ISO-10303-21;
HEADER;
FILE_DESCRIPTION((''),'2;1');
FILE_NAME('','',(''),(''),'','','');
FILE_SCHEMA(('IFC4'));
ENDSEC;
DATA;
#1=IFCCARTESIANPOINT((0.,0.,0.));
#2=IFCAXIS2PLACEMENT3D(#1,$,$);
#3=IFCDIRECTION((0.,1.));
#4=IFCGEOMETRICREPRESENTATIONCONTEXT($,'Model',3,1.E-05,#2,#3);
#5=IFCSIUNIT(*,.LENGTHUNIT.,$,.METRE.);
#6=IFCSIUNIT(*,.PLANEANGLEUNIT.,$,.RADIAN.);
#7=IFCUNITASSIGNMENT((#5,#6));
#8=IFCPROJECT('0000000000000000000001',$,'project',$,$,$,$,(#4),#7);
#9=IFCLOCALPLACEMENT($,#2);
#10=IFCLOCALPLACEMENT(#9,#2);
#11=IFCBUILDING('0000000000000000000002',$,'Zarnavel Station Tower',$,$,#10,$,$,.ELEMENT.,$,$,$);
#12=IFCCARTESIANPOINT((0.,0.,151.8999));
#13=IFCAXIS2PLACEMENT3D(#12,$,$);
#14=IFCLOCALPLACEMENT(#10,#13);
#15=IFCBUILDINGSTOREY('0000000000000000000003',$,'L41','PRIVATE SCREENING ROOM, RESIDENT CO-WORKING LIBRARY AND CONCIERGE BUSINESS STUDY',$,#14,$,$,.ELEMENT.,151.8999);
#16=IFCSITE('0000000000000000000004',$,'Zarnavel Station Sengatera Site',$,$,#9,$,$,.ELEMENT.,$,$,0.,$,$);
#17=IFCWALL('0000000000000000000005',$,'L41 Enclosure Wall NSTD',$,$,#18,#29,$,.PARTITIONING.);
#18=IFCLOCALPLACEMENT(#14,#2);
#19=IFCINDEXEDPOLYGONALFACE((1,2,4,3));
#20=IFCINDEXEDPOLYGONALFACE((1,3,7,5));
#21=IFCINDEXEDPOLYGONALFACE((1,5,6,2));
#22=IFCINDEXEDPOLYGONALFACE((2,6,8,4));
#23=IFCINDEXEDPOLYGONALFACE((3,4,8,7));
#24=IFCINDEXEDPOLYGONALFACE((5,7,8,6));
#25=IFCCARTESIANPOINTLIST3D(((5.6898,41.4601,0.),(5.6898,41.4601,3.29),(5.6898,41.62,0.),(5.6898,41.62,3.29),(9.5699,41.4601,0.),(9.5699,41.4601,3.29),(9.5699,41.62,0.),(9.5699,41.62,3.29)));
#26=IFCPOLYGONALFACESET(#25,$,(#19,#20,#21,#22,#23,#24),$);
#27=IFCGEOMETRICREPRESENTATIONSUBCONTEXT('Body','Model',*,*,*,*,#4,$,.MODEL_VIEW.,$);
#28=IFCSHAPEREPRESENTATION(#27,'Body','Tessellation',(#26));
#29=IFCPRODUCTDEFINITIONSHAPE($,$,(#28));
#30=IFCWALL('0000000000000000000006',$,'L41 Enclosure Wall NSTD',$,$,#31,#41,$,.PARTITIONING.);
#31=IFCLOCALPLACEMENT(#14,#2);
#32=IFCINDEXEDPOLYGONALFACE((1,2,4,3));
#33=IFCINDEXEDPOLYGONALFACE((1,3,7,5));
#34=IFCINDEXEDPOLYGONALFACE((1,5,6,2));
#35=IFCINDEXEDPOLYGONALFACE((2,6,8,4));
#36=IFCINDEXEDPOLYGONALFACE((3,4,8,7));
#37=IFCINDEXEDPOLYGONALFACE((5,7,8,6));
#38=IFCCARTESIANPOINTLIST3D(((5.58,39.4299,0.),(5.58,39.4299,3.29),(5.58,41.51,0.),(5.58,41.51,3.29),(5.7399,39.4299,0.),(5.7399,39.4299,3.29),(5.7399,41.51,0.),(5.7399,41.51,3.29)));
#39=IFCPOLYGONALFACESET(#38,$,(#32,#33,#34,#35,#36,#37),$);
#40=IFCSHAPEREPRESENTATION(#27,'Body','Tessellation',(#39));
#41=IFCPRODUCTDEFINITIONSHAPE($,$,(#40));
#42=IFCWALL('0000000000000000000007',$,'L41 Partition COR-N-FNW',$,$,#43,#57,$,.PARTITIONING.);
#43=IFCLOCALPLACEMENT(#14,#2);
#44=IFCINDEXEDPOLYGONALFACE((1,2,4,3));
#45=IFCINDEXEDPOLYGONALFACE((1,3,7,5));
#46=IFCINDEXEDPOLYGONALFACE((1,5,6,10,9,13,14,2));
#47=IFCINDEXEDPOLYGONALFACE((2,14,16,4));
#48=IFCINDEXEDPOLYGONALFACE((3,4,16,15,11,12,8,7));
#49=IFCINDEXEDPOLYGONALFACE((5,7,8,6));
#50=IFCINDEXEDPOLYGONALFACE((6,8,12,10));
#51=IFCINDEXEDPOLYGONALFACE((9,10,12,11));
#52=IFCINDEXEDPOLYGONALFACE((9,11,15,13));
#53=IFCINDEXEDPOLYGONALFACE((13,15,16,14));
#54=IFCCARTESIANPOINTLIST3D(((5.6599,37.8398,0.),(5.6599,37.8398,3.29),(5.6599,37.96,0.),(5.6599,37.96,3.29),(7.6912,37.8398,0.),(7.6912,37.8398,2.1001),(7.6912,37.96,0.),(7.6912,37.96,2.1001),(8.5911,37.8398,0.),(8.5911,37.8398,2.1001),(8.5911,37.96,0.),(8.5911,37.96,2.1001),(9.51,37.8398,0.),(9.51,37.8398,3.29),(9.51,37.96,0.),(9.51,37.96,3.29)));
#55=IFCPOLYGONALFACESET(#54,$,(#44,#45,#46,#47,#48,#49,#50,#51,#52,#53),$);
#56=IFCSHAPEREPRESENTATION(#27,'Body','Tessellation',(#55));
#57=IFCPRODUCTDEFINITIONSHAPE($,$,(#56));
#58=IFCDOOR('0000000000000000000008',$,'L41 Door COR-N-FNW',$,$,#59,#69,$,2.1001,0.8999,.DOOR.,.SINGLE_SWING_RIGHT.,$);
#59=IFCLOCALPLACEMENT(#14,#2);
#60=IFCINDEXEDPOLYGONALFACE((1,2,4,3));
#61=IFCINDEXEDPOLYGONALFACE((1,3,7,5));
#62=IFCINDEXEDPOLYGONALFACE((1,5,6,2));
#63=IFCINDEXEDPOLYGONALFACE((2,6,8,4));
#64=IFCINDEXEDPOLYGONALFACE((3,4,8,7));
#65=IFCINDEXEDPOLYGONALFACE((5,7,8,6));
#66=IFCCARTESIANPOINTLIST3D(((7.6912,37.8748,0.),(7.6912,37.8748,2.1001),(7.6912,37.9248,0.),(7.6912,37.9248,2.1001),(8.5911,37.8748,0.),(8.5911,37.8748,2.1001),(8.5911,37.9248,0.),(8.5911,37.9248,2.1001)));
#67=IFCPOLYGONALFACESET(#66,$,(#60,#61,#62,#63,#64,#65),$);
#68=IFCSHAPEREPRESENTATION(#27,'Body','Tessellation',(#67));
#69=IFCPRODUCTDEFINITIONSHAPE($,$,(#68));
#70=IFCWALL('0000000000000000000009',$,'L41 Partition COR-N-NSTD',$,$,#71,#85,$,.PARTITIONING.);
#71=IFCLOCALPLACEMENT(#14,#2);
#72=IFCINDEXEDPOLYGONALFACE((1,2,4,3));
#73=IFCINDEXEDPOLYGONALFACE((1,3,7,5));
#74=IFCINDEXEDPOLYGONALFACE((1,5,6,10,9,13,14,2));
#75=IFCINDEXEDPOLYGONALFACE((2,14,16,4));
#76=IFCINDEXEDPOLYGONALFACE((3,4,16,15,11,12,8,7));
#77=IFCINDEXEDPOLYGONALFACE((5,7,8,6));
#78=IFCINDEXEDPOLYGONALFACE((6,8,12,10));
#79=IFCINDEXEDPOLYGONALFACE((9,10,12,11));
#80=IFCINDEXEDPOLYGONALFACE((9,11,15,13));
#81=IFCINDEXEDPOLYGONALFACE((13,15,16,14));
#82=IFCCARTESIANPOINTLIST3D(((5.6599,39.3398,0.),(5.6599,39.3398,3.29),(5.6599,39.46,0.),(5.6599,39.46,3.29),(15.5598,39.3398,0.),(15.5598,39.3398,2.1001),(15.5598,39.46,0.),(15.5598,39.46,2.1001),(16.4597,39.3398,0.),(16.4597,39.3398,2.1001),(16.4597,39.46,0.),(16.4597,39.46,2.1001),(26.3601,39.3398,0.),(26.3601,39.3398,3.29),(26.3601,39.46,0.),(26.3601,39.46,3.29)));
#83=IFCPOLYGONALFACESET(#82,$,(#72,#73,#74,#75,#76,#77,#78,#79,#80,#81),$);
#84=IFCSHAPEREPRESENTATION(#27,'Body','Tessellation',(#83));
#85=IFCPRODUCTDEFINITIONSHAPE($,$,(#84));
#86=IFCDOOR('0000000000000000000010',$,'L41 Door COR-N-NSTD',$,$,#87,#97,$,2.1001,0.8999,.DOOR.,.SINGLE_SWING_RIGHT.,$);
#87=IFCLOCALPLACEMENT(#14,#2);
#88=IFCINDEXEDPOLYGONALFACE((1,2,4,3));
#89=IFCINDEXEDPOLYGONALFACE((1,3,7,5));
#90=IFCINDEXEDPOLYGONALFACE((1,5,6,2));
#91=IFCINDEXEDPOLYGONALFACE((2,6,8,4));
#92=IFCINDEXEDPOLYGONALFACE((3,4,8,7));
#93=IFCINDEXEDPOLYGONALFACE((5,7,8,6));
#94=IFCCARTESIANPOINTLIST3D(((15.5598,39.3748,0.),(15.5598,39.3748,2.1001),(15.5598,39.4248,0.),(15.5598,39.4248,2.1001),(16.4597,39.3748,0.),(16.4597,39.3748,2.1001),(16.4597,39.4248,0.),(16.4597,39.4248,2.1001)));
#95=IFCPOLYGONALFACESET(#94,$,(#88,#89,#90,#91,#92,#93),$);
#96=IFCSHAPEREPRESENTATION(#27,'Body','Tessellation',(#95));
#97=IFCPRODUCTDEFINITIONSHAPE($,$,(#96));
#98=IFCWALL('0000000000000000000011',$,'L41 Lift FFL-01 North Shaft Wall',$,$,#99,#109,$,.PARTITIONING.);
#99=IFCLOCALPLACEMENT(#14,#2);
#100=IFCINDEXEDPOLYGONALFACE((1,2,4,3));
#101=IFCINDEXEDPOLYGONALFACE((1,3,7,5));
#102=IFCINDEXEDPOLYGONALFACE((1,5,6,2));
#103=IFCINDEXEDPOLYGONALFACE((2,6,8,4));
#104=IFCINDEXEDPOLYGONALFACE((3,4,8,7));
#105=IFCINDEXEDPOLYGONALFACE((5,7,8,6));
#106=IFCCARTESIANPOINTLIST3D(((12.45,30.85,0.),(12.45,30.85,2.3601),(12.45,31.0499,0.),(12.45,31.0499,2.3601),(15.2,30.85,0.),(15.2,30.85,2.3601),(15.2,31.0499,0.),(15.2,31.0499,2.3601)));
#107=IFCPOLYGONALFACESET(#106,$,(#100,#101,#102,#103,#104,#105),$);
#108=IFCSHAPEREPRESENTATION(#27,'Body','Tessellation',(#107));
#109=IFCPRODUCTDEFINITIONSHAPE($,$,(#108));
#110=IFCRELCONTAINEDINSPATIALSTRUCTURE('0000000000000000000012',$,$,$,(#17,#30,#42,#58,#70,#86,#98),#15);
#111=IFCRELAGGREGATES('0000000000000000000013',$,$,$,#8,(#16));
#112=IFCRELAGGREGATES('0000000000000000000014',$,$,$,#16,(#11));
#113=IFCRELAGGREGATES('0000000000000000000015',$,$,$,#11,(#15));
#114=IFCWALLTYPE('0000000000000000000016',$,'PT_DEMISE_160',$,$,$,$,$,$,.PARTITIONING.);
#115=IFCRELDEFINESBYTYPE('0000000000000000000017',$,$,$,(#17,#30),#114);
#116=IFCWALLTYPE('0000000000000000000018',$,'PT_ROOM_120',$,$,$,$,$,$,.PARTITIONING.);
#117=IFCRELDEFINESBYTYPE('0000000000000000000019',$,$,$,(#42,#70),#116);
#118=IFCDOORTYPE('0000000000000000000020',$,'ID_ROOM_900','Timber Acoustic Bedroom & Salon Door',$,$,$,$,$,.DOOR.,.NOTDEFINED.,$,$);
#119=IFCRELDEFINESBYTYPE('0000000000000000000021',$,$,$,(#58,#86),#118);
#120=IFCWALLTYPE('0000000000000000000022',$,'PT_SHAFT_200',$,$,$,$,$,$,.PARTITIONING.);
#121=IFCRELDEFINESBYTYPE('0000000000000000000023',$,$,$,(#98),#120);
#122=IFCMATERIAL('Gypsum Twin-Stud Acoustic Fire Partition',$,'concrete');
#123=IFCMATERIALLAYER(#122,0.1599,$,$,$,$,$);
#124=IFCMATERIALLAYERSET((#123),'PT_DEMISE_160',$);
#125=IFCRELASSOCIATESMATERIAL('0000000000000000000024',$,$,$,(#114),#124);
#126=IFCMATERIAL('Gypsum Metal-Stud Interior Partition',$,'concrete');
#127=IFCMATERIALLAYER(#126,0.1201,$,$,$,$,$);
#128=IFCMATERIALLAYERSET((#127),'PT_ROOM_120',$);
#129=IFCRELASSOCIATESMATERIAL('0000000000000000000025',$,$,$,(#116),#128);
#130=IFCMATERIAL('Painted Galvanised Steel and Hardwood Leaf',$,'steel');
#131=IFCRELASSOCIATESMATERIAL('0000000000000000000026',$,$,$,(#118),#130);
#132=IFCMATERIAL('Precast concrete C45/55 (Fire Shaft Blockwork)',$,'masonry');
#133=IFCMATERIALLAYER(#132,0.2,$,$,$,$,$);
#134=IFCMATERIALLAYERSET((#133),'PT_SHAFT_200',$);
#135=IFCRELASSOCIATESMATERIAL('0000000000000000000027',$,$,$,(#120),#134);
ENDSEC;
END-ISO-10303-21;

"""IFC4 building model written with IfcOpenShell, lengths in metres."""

from ifc_helpers import new_model, si_unit, direction, frame, frame_2d, origin, place, context, subcontext, project, spatial, rectangle, extrude, material, layer, layer_set, type_object, element, fill, save


model = new_model("IFC4")

# Units and contexts
model_context = context("Model", 3, precision=1e-05, world=origin(), true_north=direction((0.0, 1.0)))
body_context = subcontext(model_context, "Body", "Model", "MODEL_VIEW")
ifc_project = project(units=[si_unit("LENGTHUNIT", "METRE"), si_unit("PLANEANGLEUNIT", "RADIAN")], contexts=[model_context])

# Site, building, storey
site_placement = place(None, origin())
site = spatial("IfcSite", under=ifc_project, at=site_placement, Name="Zarnavel Station Sengatera Site", CompositionType="ELEMENT", RefElevation=0.0)
building_placement = place(site_placement, origin())
building = spatial("IfcBuilding", under=site, at=building_placement, Name="Zarnavel Station Tower", CompositionType="ELEMENT")
storey_placement = place(building_placement, frame((0.0, 0.0, 151.8999)))
storey = spatial("IfcBuildingStorey", under=building, at=storey_placement, Name="L41", Description="PRIVATE SCREENING ROOM, RESIDENT CO-WORKING LIBRARY AND CONCIERGE BUSINESS STUDY", CompositionType="ELEMENT", Elevation=151.8999)

# Walls
ifc_material_1 = material(Name="Gypsum Twin-Stud Acoustic Fire Partition", Category="concrete")
ifc_layer_1 = layer(ifc_material_1, 0.1599)
ifc_layer_set_1 = layer_set([ifc_layer_1], Name="PT_DEMISE_160")
wall_type_1 = type_object("IfcWallType", Name="PT_DEMISE_160", PredefinedType="PARTITIONING", material=ifc_layer_set_1)
wall_1_placement = place(storey_placement, frame((5.6899, 41.54, 0.0), z_axis=(0.0, 0.0, 1.0), x_axis=(1.0, 0.0, 0.0)))
element("IfcWall", 1, at=wall_1_placement, inside=storey, type_object=wall_type_1, Name="L41 Enclosure Wall NSTD", PredefinedType="PARTITIONING", context=body_context, shape_type="SweptSolid", body=[
    extrude(rectangle(XDim=3.8801, YDim=0.1599, at=frame_2d((1.9399, 0.0))), origin(), (0.0, 0.0, 1.0), 3.29),
])
wall_2_placement = place(storey_placement, frame((5.6599, 39.4299, 0.0), z_axis=(0.0, 0.0, 1.0), x_axis=(0.0, 1.0, 0.0)))
element("IfcWall", 2, at=wall_2_placement, inside=storey, type_object=wall_type_1, Name="L41 Enclosure Wall NSTD", PredefinedType="PARTITIONING", context=body_context, shape_type="SweptSolid", body=[
    extrude(rectangle(XDim=2.0801, YDim=0.1599, at=frame_2d((1.04, 0.0))), origin(), (0.0, 0.0, 1.0), 3.29),
])

# Walls, openings, doors
ifc_material_2 = material(Name="Gypsum Metal-Stud Interior Partition", Category="concrete")
ifc_layer_2 = layer(ifc_material_2, 0.1201)
ifc_layer_set_2 = layer_set([ifc_layer_2], Name="PT_ROOM_120")
wall_type_2 = type_object("IfcWallType", Name="PT_ROOM_120", PredefinedType="PARTITIONING", material=ifc_layer_set_2)
wall_3_placement = place(storey_placement, frame((5.6599, 37.8999, 0.0), z_axis=(0.0, 0.0, 1.0), x_axis=(1.0, 0.0, 0.0)))
wall_3 = element("IfcWall", 3, at=wall_3_placement, inside=storey, type_object=wall_type_2, Name="L41 Partition COR-N-FNW", PredefinedType="PARTITIONING", context=body_context, shape_type="SweptSolid", body=[
    extrude(rectangle(XDim=3.8501, YDim=0.1201, at=frame_2d((1.925, 0.0))), origin(), (0.0, 0.0, 1.0), 3.29),
])
opening_1_placement = place(wall_3_placement, frame((2.0312, 0.0, 0.0)))
opening_1 = element("IfcOpeningElement", 4, at=opening_1_placement, cuts=wall_3, PredefinedType="OPENING", context=body_context, shape_type="SweptSolid", body=[
    extrude(rectangle(XDim=0.8999, YDim=2.1001, at=frame_2d((0.45, 1.05))), frame((0.0, 0.0701, 0.0), z_axis=(0.0, -1.0, 0.0), x_axis=(1.0, 0.0, 0.0)), (0.0, 0.0, 1.0), 0.1401),
])
ifc_material_3 = material(Name="Painted Galvanised Steel and Hardwood Leaf", Category="steel")
door_type = type_object("IfcDoorType", Name="ID_ROOM_900", Description="Timber Acoustic Bedroom & Salon Door", OperationType="NOTDEFINED", PredefinedType="DOOR", material=ifc_material_3)
door_1_placement = place(opening_1_placement, origin())
door_1 = element("IfcDoor", 5, at=door_1_placement, inside=storey, type_object=door_type, Name="L41 Door COR-N-FNW", OperationType="SINGLE_SWING_RIGHT", OverallHeight=2.1001, OverallWidth=0.8999, PredefinedType="DOOR", context=body_context, shape_type="SweptSolid", body=[
    extrude(rectangle(XDim=0.8999, YDim=2.1001, at=frame_2d((0.45, 1.05))), frame((0.0, 0.0249, 0.0), z_axis=(0.0, -1.0, 0.0), x_axis=(1.0, 0.0, 0.0)), (0.0, 0.0, 1.0), 0.05),
])
fill(opening_1, door_1)
wall_4_placement = place(storey_placement, frame((5.6599, 39.3999, 0.0), z_axis=(0.0, 0.0, 1.0), x_axis=(1.0, 0.0, 0.0)))
wall_4 = element("IfcWall", 6, at=wall_4_placement, inside=storey, type_object=wall_type_2, Name="L41 Partition COR-N-NSTD", PredefinedType="PARTITIONING", context=body_context, shape_type="SweptSolid", body=[
    extrude(rectangle(XDim=20.7002, YDim=0.1201, at=frame_2d((10.3501, 0.0))), origin(), (0.0, 0.0, 1.0), 3.29),
])
opening_2_placement = place(wall_4_placement, frame((9.8999, 0.0, 0.0)))
opening_2 = element("IfcOpeningElement", 7, at=opening_2_placement, cuts=wall_4, PredefinedType="OPENING", context=body_context, shape_type="SweptSolid", body=[
    extrude(rectangle(XDim=0.8999, YDim=2.1001, at=frame_2d((0.45, 1.05))), frame((0.0, 0.0701, 0.0), z_axis=(0.0, -1.0, 0.0), x_axis=(1.0, 0.0, 0.0)), (0.0, 0.0, 1.0), 0.1401),
])
door_2_placement = place(opening_2_placement, origin())
door_2 = element("IfcDoor", 8, at=door_2_placement, inside=storey, type_object=door_type, Name="L41 Door COR-N-NSTD", OperationType="SINGLE_SWING_RIGHT", OverallHeight=2.1001, OverallWidth=0.8999, PredefinedType="DOOR", context=body_context, shape_type="SweptSolid", body=[
    extrude(rectangle(XDim=0.8999, YDim=2.1001, at=frame_2d((0.45, 1.05))), frame((0.0, 0.0249, 0.0), z_axis=(0.0, -1.0, 0.0), x_axis=(1.0, 0.0, 0.0)), (0.0, 0.0, 1.0), 0.05),
])
fill(opening_2, door_2)

# Wall
ifc_material_4 = material(Name="Precast concrete C45/55 (Fire Shaft Blockwork)", Category="masonry")
ifc_layer_3 = layer(ifc_material_4, 0.2)
ifc_layer_set_3 = layer_set([ifc_layer_3], Name="PT_SHAFT_200")
wall_type_3 = type_object("IfcWallType", Name="PT_SHAFT_200", PredefinedType="PARTITIONING", material=ifc_layer_set_3)
wall_5_placement = place(storey_placement, frame((12.45, 30.95, 0.0), z_axis=(0.0, 0.0, 1.0), x_axis=(1.0, 0.0, 0.0)))
element("IfcWall", 9, at=wall_5_placement, inside=storey, type_object=wall_type_3, Name="L41 Lift FFL-01 North Shaft Wall", PredefinedType="PARTITIONING", context=body_context, shape_type="SweptSolid", body=[
    extrude(rectangle(XDim=2.75, YDim=0.2, at=frame_2d((1.375, 0.0))), origin(), (0.0, 0.0, 1.0), 2.3601),
])

save(model, "model.ifc")
